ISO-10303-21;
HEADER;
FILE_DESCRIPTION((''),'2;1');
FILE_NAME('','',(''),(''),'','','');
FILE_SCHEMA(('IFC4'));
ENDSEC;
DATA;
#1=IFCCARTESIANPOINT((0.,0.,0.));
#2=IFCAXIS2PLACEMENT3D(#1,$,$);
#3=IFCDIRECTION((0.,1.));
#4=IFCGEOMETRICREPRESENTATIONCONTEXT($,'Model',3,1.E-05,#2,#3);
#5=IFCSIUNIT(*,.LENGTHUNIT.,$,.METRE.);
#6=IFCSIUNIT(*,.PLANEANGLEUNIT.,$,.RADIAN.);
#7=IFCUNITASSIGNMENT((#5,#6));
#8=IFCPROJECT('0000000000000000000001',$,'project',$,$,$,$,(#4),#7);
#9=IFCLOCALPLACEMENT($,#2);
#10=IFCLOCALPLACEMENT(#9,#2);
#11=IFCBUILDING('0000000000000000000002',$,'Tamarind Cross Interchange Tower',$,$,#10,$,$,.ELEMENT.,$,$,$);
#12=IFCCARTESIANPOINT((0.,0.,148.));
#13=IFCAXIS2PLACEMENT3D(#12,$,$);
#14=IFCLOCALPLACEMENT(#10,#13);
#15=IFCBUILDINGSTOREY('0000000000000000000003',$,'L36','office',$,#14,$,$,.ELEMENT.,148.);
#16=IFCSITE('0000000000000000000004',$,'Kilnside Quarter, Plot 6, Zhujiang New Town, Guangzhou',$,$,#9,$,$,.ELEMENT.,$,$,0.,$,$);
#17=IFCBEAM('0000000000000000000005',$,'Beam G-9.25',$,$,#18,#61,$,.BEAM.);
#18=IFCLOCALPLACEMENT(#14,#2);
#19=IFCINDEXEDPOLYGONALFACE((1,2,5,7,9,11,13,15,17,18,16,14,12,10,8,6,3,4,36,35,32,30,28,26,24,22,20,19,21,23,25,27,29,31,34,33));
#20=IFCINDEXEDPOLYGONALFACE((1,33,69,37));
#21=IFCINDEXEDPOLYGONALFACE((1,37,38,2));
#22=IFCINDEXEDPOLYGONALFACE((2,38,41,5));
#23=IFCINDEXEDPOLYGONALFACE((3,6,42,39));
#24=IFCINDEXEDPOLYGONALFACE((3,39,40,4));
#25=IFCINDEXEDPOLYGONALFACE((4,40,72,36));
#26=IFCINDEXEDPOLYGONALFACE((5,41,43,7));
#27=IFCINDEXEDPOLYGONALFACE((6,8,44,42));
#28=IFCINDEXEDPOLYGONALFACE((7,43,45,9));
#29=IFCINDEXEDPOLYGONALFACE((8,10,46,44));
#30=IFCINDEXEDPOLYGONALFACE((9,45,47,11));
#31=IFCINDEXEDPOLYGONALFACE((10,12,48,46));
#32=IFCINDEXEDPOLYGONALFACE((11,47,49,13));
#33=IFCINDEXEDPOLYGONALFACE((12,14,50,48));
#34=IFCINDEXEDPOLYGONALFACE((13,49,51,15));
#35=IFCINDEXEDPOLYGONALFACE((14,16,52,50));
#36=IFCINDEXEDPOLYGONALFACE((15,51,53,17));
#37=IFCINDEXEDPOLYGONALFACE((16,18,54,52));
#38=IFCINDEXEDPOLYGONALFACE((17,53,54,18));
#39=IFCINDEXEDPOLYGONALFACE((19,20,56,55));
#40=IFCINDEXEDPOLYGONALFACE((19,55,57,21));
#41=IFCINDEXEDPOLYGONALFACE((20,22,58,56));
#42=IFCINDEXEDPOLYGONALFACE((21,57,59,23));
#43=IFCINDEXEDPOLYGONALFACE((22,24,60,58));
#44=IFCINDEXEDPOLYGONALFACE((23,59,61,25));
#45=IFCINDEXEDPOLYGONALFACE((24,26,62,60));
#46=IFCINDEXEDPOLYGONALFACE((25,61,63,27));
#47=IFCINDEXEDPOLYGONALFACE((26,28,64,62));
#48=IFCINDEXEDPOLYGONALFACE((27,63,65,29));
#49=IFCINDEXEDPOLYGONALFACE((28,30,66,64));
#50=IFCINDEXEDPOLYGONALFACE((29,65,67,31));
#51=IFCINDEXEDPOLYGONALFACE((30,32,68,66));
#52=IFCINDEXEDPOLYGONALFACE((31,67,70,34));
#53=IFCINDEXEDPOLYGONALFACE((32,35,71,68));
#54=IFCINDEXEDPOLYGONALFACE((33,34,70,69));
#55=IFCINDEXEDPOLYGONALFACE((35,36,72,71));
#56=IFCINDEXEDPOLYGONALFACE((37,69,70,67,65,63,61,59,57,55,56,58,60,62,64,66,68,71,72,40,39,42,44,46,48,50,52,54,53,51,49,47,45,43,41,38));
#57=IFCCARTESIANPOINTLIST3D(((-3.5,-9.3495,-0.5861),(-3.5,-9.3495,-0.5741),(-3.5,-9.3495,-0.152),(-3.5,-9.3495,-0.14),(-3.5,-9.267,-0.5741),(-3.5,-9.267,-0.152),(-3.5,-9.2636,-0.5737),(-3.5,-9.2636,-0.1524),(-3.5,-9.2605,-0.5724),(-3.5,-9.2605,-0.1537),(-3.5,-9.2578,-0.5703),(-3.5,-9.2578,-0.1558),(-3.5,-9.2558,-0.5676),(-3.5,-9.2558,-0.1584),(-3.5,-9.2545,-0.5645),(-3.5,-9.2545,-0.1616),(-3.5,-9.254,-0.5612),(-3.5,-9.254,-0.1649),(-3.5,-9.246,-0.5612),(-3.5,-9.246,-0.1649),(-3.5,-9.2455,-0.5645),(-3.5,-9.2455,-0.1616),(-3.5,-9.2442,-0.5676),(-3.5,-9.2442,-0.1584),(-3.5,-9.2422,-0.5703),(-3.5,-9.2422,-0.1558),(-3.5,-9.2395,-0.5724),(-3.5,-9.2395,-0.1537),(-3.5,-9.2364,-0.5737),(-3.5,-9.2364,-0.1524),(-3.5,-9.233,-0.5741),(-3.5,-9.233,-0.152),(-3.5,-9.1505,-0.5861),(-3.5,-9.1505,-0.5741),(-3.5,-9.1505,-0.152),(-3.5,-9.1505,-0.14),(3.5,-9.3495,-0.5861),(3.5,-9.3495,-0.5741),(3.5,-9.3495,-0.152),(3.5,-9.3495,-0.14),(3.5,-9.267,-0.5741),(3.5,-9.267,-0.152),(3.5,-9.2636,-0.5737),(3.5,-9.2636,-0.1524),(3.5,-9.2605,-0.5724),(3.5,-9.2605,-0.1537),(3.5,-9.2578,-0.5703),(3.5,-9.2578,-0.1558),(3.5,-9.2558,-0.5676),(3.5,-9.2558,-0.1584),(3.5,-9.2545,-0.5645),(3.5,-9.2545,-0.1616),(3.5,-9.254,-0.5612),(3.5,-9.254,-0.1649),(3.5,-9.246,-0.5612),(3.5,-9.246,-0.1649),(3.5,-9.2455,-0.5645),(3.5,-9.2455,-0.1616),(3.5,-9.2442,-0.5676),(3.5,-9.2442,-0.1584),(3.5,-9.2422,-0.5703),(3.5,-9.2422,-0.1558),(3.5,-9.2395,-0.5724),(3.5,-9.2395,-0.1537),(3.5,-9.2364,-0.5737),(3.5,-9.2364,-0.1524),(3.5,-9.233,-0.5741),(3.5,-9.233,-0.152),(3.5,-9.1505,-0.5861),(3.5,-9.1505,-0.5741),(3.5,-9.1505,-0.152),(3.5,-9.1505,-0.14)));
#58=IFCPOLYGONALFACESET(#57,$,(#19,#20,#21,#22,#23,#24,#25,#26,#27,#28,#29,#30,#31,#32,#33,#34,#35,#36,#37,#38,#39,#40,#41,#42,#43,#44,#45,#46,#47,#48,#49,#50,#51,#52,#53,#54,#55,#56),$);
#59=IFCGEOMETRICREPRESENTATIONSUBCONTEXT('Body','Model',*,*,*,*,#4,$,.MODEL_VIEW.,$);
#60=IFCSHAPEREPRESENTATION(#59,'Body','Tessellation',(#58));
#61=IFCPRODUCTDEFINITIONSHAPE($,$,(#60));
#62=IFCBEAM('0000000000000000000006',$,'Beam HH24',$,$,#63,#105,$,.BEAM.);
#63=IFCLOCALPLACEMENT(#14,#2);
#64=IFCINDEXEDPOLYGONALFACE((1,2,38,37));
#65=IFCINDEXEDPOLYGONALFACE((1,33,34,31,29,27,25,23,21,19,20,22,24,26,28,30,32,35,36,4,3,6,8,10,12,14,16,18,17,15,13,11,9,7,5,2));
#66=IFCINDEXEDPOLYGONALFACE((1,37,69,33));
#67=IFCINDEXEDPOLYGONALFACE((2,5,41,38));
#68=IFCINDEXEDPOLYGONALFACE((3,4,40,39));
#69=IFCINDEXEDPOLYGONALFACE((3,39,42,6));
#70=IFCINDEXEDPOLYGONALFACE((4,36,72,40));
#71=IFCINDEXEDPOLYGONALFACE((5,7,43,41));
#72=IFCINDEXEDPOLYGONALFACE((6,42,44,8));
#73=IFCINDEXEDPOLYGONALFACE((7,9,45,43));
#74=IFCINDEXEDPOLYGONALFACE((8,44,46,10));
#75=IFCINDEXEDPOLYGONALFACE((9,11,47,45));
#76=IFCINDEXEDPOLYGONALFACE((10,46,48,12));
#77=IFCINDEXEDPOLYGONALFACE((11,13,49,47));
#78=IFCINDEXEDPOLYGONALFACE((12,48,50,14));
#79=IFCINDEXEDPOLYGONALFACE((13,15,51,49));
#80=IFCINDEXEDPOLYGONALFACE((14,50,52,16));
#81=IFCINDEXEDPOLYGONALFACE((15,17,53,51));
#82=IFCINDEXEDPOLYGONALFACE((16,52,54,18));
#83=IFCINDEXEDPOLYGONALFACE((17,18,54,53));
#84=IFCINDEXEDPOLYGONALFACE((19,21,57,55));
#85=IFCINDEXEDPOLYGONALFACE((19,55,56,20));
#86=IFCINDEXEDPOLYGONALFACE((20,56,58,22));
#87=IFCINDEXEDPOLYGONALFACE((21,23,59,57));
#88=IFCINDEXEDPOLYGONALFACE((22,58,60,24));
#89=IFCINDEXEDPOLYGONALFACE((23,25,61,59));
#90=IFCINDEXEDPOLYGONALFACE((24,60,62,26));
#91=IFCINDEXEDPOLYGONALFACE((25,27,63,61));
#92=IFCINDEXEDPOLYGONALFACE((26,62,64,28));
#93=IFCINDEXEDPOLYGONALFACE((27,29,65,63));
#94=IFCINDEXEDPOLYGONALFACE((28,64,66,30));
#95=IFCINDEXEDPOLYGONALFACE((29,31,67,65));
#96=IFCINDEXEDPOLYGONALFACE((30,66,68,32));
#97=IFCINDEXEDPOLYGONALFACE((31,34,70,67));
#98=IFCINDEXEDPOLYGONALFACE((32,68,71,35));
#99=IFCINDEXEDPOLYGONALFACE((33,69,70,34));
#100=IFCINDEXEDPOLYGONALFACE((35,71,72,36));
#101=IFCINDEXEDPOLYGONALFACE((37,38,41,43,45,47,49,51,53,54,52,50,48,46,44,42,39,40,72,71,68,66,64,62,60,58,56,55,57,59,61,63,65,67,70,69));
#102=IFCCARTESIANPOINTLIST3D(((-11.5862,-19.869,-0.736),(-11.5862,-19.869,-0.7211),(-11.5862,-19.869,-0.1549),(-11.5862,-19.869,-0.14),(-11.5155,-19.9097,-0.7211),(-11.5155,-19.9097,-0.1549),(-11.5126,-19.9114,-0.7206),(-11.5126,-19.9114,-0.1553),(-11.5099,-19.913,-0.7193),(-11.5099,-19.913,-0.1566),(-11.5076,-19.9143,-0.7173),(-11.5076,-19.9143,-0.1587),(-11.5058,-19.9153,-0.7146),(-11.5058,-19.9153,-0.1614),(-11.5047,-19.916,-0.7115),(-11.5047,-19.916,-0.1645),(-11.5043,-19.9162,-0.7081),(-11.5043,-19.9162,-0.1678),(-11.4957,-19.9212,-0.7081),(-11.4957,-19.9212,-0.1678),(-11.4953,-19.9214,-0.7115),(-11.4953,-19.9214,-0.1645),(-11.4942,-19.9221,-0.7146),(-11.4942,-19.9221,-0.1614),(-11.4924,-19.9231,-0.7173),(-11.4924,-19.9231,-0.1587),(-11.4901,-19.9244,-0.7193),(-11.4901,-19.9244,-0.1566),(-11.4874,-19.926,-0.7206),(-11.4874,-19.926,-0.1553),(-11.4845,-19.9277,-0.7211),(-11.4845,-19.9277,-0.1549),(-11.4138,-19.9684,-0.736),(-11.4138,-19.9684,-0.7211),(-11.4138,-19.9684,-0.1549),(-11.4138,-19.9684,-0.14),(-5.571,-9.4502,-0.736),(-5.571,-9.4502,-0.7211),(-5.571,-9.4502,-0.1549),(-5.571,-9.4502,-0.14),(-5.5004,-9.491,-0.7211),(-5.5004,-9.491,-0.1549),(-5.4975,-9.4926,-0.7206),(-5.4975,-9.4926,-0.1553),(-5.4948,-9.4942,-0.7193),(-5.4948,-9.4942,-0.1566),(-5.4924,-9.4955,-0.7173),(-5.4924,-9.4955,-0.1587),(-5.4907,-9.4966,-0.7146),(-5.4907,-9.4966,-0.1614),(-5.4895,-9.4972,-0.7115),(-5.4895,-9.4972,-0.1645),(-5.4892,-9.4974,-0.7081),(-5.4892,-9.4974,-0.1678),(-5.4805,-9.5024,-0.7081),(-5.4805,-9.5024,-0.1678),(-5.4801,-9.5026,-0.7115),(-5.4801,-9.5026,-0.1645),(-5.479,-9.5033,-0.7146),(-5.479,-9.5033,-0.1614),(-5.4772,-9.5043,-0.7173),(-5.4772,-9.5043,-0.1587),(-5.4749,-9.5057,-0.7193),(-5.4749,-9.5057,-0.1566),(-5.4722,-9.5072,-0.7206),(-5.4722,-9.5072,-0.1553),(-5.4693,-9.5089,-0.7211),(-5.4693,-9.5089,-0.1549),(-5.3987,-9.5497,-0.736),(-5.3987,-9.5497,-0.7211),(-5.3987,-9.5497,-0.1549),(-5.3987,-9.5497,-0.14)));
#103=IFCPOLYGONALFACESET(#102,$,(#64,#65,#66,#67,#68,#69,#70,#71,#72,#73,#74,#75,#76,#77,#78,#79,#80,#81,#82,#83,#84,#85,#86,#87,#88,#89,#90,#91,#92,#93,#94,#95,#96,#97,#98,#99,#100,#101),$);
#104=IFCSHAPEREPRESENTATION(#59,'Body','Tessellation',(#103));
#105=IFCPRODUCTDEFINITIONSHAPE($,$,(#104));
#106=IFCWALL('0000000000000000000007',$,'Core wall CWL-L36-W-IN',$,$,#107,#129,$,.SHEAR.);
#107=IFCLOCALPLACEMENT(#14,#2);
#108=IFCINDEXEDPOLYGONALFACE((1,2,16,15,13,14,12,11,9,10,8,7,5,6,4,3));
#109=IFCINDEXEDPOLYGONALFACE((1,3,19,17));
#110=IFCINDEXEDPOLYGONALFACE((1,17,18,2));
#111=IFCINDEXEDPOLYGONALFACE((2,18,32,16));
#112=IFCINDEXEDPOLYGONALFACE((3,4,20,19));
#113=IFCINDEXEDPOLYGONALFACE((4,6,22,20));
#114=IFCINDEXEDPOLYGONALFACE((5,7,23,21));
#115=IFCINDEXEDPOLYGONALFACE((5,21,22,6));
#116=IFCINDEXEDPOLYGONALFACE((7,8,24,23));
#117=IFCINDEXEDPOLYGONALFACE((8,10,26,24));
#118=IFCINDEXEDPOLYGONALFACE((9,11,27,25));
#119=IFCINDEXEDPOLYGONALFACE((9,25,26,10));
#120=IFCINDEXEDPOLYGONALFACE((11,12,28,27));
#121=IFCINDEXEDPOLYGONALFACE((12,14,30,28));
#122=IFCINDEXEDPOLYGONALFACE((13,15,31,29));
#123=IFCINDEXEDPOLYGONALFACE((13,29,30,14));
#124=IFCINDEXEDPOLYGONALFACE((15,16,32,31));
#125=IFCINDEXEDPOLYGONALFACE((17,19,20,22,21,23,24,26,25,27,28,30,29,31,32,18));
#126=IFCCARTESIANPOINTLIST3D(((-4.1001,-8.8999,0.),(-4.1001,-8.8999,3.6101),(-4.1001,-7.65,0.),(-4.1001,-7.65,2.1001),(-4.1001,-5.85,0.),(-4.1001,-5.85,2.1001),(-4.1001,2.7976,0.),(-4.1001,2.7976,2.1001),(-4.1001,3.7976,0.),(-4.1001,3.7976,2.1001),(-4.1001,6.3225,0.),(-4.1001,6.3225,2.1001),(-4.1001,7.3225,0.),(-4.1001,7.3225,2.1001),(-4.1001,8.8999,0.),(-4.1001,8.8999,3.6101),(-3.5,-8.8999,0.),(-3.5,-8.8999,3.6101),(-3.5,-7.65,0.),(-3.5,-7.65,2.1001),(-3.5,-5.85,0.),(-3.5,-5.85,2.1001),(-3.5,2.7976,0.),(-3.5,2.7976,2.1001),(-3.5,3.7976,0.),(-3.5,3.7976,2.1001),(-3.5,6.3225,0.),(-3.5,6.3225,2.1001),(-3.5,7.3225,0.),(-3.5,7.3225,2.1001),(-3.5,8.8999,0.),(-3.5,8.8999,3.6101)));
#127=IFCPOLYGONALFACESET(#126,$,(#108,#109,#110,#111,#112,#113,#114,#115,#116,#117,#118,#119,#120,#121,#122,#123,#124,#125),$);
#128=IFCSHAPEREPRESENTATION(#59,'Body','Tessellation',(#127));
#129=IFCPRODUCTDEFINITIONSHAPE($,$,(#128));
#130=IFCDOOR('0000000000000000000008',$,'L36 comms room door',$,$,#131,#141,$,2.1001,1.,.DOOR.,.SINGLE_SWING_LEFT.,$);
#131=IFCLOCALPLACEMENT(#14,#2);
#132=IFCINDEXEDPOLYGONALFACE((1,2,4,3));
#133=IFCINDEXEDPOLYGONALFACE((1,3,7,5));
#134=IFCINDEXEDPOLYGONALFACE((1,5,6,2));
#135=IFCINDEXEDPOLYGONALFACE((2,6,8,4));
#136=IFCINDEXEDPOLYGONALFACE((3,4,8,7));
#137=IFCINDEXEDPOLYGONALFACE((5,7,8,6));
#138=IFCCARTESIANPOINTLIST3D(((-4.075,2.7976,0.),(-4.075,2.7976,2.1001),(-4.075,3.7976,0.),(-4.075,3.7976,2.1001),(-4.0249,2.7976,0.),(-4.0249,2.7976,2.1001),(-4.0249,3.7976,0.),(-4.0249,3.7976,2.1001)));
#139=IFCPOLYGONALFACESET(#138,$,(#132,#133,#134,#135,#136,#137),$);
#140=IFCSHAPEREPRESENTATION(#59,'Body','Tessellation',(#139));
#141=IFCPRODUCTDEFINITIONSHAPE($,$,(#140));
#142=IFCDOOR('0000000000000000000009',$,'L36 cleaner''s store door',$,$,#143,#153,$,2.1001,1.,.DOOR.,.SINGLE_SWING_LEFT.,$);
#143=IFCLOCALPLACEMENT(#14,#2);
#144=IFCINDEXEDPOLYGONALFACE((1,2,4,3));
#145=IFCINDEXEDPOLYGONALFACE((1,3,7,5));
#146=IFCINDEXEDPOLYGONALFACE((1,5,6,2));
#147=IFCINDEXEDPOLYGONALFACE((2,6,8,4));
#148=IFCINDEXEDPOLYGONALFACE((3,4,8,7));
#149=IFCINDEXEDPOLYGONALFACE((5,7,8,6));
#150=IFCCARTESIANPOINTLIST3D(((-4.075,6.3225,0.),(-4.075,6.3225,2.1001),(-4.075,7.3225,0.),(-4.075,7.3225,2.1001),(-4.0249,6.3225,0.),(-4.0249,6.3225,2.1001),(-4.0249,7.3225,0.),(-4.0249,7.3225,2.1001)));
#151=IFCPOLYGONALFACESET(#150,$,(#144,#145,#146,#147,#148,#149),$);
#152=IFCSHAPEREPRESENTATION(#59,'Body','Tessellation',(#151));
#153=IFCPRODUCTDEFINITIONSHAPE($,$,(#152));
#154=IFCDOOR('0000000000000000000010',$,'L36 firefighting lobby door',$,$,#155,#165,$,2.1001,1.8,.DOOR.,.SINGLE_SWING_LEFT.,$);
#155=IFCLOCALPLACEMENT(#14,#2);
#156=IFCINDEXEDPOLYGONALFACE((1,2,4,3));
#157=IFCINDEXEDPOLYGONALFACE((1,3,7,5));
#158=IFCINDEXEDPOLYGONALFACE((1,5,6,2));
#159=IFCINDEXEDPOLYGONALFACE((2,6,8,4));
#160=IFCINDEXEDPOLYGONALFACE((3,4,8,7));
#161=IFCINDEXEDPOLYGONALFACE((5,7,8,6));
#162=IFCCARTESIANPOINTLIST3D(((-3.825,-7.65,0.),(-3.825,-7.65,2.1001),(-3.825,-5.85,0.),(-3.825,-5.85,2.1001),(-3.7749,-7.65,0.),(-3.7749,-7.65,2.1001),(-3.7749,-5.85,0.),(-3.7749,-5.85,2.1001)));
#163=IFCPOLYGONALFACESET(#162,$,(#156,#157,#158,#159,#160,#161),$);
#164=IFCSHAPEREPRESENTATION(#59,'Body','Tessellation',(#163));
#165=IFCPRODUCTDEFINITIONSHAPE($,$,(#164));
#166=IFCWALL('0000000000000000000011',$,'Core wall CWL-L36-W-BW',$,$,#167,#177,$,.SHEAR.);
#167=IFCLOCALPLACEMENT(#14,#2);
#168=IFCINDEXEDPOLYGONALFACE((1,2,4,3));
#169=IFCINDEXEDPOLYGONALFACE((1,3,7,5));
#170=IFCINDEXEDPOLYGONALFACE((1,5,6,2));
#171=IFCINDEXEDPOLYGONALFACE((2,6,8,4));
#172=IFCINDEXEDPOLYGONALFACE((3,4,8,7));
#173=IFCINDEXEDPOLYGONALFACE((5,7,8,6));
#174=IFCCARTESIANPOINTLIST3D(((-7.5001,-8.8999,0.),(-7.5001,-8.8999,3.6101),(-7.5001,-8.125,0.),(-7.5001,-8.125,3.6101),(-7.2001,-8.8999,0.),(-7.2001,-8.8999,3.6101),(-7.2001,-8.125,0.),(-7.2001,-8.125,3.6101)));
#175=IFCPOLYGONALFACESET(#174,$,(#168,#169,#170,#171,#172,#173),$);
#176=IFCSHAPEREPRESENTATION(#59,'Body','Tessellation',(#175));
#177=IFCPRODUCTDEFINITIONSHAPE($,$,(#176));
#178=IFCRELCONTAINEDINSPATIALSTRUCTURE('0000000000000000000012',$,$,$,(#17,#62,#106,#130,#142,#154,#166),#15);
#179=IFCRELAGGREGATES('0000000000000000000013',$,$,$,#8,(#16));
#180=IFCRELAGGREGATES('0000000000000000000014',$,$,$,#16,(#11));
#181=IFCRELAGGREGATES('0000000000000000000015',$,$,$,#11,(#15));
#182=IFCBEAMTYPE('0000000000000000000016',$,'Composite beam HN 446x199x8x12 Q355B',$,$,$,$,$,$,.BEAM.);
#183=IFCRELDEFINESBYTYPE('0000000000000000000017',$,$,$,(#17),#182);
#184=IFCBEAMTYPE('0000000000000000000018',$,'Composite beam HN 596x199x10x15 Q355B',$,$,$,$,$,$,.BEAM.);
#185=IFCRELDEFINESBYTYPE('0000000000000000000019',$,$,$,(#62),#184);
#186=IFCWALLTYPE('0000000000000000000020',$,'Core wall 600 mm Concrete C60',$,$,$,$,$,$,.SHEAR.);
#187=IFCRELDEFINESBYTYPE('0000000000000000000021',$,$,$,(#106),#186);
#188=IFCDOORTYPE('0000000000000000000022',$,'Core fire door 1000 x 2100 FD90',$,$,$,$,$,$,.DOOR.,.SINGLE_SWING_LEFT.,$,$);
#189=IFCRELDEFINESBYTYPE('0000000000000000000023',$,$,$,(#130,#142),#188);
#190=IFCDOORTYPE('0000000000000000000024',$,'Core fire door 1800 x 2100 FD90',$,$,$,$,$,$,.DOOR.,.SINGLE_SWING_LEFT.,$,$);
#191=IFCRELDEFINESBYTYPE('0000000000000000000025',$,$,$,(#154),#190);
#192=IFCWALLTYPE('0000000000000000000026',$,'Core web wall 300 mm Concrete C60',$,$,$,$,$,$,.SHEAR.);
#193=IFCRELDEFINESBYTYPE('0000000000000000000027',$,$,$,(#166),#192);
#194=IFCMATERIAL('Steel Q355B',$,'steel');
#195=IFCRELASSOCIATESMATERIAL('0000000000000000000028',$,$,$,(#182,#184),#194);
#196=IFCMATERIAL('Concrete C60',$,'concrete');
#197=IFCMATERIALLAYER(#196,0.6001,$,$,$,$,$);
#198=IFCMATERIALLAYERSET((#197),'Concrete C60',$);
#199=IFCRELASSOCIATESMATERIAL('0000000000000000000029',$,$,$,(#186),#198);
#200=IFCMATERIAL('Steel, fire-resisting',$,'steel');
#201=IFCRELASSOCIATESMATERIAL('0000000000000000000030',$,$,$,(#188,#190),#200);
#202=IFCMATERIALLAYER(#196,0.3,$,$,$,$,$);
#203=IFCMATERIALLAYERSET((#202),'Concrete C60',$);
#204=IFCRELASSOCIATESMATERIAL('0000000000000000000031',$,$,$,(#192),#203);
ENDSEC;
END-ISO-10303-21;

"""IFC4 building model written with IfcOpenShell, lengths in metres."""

from ifc_helpers import new_model, si_unit, direction, frame, frame_2d, origin, origin_2d, place, context, subcontext, project, spatial, rectangle, i_section, extrude, material, layer, layer_set, material_profile, profile_set, type_object, element, fill, save


model = new_model("IFC4")

# Units and contexts
model_context = context("Model", 3, precision=1e-05, world=origin(), true_north=direction((0.0, 1.0)))
body_context = subcontext(model_context, "Body", "Model", "MODEL_VIEW")
ifc_project = project(units=[si_unit("LENGTHUNIT", "METRE"), si_unit("PLANEANGLEUNIT", "RADIAN")], contexts=[model_context])

# Site, building, storey
site_placement = place(None, origin())
site = spatial("IfcSite", under=ifc_project, at=site_placement, Name="Kilnside Quarter, Plot 6, Zhujiang New Town, Guangzhou", CompositionType="ELEMENT", RefElevation=0.0)
building_placement = place(site_placement, origin())
building = spatial("IfcBuilding", under=site, at=building_placement, Name="Tamarind Cross Interchange Tower", CompositionType="ELEMENT")
storey_placement = place(building_placement, frame((0.0, 0.0, 148.0)))
storey = spatial("IfcBuildingStorey", under=building, at=storey_placement, Name="L36", Description="office", CompositionType="ELEMENT", Elevation=148.0)

# Beams
ifc_material_1 = material(Name="Steel Q355B", Category="steel")
ifc_material_profile_1 = material_profile(ifc_material_1, i_section(OverallWidth=0.199, OverallDepth=0.446, WebThickness=0.0081, FlangeThickness=0.012, FilletRadius=0.0129, at=origin_2d()), Name="HN 446x199x8x12")
ifc_profile_set_1 = profile_set([ifc_material_profile_1], Name="Steel Q355B")
beam_type_1 = type_object("IfcBeamType", Name="Composite beam HN 446x199x8x12 Q355B", PredefinedType="BEAM", material=ifc_profile_set_1)
beam_1_placement = place(storey_placement, frame((-3.5, -9.25, -0.363), z_axis=(1.0, 0.0, 0.0), x_axis=(0.0, 1.0, 0.0)))
element("IfcBeam", 1, at=beam_1_placement, inside=storey, type_object=beam_type_1, Name="Beam G-9.25", PredefinedType="BEAM", context=body_context, shape_type="SweptSolid", body=[
    extrude(i_section(OverallWidth=0.199, OverallDepth=0.446, WebThickness=0.0081, FlangeThickness=0.012, FilletRadius=0.0129, at=origin_2d()), origin(), (0.0, 0.0, 1.0), 7.0),
])
ifc_material_profile_2 = material_profile(ifc_material_1, i_section(OverallWidth=0.199, OverallDepth=0.5959, WebThickness=0.01, FlangeThickness=0.0149, FilletRadius=0.0129, at=origin_2d()), Name="HN 596x199x10x15")
ifc_profile_set_2 = profile_set([ifc_material_profile_2], Name="Steel Q355B")
beam_type_2 = type_object("IfcBeamType", Name="Composite beam HN 596x199x10x15 Q355B", PredefinedType="BEAM", material=ifc_profile_set_2)
beam_2_placement = place(storey_placement, frame((-11.5, -19.9187, -0.438), z_axis=(0.499994, 0.866029, 0.0), x_axis=(-0.866029, 0.499994, 0.0)))
element("IfcBeam", 2, at=beam_2_placement, inside=storey, type_object=beam_type_2, Name="Beam HH24", PredefinedType="BEAM", context=body_context, shape_type="SweptSolid", body=[
    extrude(i_section(OverallWidth=0.199, OverallDepth=0.5959, WebThickness=0.01, FlangeThickness=0.0149, FilletRadius=0.0129, at=origin_2d()), origin(), (0.0, 0.0, 1.0), 12.0305),
])

# Wall, openings, doors
ifc_material_2 = material(Name="Concrete C60", Category="concrete")
ifc_layer_1 = layer(ifc_material_2, 0.6001)
ifc_layer_set_1 = layer_set([ifc_layer_1], Name="Concrete C60")
wall_type_1 = type_object("IfcWallType", Name="Core wall 600 mm Concrete C60", PredefinedType="SHEAR", material=ifc_layer_set_1)
wall_1_placement = place(storey_placement, frame((-3.8, -8.8999, 0.0), z_axis=(0.0, 0.0, 1.0), x_axis=(0.0, 1.0, 0.0)))
wall_1 = element("IfcWall", 3, at=wall_1_placement, inside=storey, type_object=wall_type_1, Name="Core wall CWL-L36-W-IN", PredefinedType="SHEAR", context=body_context, shape_type="SweptSolid", body=[
    extrude(rectangle(XDim=17.7998, YDim=0.6001, at=frame_2d((8.8999, 0.0))), origin(), (0.0, 0.0, 1.0), 3.6101),
])
opening_1_placement = place(wall_1_placement, frame((1.25, 0.0, 0.0)))
opening_1 = element("IfcOpeningElement", 4, at=opening_1_placement, cuts=wall_1, PredefinedType="OPENING", context=body_context, shape_type="SweptSolid", body=[
    extrude(rectangle(XDim=1.8, YDim=2.1001, at=frame_2d((0.8999, 1.05))), frame((0.0, 0.3101, 0.0), z_axis=(0.0, -1.0, 0.0), x_axis=(1.0, 0.0, 0.0)), (0.0, 0.0, 1.0), 0.6201),
])
opening_2_placement = place(wall_1_placement, frame((11.6975, 0.0, 0.0)))
opening_2 = element("IfcOpeningElement", 5, at=opening_2_placement, cuts=wall_1, PredefinedType="OPENING", context=body_context, shape_type="SweptSolid", body=[
    extrude(rectangle(XDim=1.0, YDim=2.1001, at=frame_2d((0.5, 1.05))), frame((0.0, 0.3101, 0.0), z_axis=(0.0, -1.0, 0.0), x_axis=(1.0, 0.0, 0.0)), (0.0, 0.0, 1.0), 0.6201),
])
opening_3_placement = place(wall_1_placement, frame((15.2224, 0.0, 0.0)))
opening_3 = element("IfcOpeningElement", 6, at=opening_3_placement, cuts=wall_1, PredefinedType="OPENING", context=body_context, shape_type="SweptSolid", body=[
    extrude(rectangle(XDim=1.0, YDim=2.1001, at=frame_2d((0.5, 1.05))), frame((0.0, 0.3101, 0.0), z_axis=(0.0, -1.0, 0.0), x_axis=(1.0, 0.0, 0.0)), (0.0, 0.0, 1.0), 0.6201),
])
ifc_material_3 = material(Name="Steel, fire-resisting", Category="steel")
door_type_1 = type_object("IfcDoorType", Name="Core fire door 1000 x 2100 FD90", OperationType="SINGLE_SWING_LEFT", PredefinedType="DOOR", material=ifc_material_3)
door_1_placement = place(opening_2_placement, origin())
door_1 = element("IfcDoor", 7, at=door_1_placement, inside=storey, type_object=door_type_1, Name="L36 comms room door", OperationType="SINGLE_SWING_LEFT", OverallHeight=2.1001, OverallWidth=1.0, PredefinedType="DOOR", context=body_context, shape_type="SweptSolid", body=[
    extrude(rectangle(XDim=1.0, YDim=2.1001, at=frame_2d((0.5, 1.05))), frame((0.0, 0.2749, 0.0), z_axis=(0.0, -1.0, 0.0), x_axis=(1.0, 0.0, 0.0)), (0.0, 0.0, 1.0), 0.05),
])
fill(opening_2, door_1)
door_2_placement = place(opening_3_placement, origin())
door_2 = element("IfcDoor", 8, at=door_2_placement, inside=storey, type_object=door_type_1, Name="L36 cleaner's store door", OperationType="SINGLE_SWING_LEFT", OverallHeight=2.1001, OverallWidth=1.0, PredefinedType="DOOR", context=body_context, shape_type="SweptSolid", body=[
    extrude(rectangle(XDim=1.0, YDim=2.1001, at=frame_2d((0.5, 1.05))), frame((0.0, 0.2749, 0.0), z_axis=(0.0, -1.0, 0.0), x_axis=(1.0, 0.0, 0.0)), (0.0, 0.0, 1.0), 0.05),
])
fill(opening_3, door_2)
door_type_2 = type_object("IfcDoorType", Name="Core fire door 1800 x 2100 FD90", OperationType="SINGLE_SWING_LEFT", PredefinedType="DOOR", material=ifc_material_3)
door_3_placement = place(opening_1_placement, origin())
door_3 = element("IfcDoor", 9, at=door_3_placement, inside=storey, type_object=door_type_2, Name="L36 firefighting lobby door", OperationType="SINGLE_SWING_LEFT", OverallHeight=2.1001, OverallWidth=1.8, PredefinedType="DOOR", context=body_context, shape_type="SweptSolid", body=[
    extrude(rectangle(XDim=1.8, YDim=2.1001, at=frame_2d((0.8999, 1.05))), frame((0.0, 0.0249, 0.0), z_axis=(0.0, -1.0, 0.0), x_axis=(1.0, 0.0, 0.0)), (0.0, 0.0, 1.0), 0.05),
])
fill(opening_1, door_3)

# Wall
ifc_layer_2 = layer(ifc_material_2, 0.3)
ifc_layer_set_2 = layer_set([ifc_layer_2], Name="Concrete C60")
wall_type_2 = type_object("IfcWallType", Name="Core web wall 300 mm Concrete C60", PredefinedType="SHEAR", material=ifc_layer_set_2)
wall_2_placement = place(storey_placement, frame((-7.3501, -8.8999, 0.0), z_axis=(0.0, 0.0, 1.0), x_axis=(0.0, 1.0, 0.0)))
element("IfcWall", 10, at=wall_2_placement, inside=storey, type_object=wall_type_2, Name="Core wall CWL-L36-W-BW", PredefinedType="SHEAR", context=body_context, shape_type="SweptSolid", body=[
    extrude(rectangle(XDim=0.7749, YDim=0.3, at=frame_2d((0.3875, 0.0))), origin(), (0.0, 0.0, 1.0), 3.6101),
])

save(model, "model.ifc")
